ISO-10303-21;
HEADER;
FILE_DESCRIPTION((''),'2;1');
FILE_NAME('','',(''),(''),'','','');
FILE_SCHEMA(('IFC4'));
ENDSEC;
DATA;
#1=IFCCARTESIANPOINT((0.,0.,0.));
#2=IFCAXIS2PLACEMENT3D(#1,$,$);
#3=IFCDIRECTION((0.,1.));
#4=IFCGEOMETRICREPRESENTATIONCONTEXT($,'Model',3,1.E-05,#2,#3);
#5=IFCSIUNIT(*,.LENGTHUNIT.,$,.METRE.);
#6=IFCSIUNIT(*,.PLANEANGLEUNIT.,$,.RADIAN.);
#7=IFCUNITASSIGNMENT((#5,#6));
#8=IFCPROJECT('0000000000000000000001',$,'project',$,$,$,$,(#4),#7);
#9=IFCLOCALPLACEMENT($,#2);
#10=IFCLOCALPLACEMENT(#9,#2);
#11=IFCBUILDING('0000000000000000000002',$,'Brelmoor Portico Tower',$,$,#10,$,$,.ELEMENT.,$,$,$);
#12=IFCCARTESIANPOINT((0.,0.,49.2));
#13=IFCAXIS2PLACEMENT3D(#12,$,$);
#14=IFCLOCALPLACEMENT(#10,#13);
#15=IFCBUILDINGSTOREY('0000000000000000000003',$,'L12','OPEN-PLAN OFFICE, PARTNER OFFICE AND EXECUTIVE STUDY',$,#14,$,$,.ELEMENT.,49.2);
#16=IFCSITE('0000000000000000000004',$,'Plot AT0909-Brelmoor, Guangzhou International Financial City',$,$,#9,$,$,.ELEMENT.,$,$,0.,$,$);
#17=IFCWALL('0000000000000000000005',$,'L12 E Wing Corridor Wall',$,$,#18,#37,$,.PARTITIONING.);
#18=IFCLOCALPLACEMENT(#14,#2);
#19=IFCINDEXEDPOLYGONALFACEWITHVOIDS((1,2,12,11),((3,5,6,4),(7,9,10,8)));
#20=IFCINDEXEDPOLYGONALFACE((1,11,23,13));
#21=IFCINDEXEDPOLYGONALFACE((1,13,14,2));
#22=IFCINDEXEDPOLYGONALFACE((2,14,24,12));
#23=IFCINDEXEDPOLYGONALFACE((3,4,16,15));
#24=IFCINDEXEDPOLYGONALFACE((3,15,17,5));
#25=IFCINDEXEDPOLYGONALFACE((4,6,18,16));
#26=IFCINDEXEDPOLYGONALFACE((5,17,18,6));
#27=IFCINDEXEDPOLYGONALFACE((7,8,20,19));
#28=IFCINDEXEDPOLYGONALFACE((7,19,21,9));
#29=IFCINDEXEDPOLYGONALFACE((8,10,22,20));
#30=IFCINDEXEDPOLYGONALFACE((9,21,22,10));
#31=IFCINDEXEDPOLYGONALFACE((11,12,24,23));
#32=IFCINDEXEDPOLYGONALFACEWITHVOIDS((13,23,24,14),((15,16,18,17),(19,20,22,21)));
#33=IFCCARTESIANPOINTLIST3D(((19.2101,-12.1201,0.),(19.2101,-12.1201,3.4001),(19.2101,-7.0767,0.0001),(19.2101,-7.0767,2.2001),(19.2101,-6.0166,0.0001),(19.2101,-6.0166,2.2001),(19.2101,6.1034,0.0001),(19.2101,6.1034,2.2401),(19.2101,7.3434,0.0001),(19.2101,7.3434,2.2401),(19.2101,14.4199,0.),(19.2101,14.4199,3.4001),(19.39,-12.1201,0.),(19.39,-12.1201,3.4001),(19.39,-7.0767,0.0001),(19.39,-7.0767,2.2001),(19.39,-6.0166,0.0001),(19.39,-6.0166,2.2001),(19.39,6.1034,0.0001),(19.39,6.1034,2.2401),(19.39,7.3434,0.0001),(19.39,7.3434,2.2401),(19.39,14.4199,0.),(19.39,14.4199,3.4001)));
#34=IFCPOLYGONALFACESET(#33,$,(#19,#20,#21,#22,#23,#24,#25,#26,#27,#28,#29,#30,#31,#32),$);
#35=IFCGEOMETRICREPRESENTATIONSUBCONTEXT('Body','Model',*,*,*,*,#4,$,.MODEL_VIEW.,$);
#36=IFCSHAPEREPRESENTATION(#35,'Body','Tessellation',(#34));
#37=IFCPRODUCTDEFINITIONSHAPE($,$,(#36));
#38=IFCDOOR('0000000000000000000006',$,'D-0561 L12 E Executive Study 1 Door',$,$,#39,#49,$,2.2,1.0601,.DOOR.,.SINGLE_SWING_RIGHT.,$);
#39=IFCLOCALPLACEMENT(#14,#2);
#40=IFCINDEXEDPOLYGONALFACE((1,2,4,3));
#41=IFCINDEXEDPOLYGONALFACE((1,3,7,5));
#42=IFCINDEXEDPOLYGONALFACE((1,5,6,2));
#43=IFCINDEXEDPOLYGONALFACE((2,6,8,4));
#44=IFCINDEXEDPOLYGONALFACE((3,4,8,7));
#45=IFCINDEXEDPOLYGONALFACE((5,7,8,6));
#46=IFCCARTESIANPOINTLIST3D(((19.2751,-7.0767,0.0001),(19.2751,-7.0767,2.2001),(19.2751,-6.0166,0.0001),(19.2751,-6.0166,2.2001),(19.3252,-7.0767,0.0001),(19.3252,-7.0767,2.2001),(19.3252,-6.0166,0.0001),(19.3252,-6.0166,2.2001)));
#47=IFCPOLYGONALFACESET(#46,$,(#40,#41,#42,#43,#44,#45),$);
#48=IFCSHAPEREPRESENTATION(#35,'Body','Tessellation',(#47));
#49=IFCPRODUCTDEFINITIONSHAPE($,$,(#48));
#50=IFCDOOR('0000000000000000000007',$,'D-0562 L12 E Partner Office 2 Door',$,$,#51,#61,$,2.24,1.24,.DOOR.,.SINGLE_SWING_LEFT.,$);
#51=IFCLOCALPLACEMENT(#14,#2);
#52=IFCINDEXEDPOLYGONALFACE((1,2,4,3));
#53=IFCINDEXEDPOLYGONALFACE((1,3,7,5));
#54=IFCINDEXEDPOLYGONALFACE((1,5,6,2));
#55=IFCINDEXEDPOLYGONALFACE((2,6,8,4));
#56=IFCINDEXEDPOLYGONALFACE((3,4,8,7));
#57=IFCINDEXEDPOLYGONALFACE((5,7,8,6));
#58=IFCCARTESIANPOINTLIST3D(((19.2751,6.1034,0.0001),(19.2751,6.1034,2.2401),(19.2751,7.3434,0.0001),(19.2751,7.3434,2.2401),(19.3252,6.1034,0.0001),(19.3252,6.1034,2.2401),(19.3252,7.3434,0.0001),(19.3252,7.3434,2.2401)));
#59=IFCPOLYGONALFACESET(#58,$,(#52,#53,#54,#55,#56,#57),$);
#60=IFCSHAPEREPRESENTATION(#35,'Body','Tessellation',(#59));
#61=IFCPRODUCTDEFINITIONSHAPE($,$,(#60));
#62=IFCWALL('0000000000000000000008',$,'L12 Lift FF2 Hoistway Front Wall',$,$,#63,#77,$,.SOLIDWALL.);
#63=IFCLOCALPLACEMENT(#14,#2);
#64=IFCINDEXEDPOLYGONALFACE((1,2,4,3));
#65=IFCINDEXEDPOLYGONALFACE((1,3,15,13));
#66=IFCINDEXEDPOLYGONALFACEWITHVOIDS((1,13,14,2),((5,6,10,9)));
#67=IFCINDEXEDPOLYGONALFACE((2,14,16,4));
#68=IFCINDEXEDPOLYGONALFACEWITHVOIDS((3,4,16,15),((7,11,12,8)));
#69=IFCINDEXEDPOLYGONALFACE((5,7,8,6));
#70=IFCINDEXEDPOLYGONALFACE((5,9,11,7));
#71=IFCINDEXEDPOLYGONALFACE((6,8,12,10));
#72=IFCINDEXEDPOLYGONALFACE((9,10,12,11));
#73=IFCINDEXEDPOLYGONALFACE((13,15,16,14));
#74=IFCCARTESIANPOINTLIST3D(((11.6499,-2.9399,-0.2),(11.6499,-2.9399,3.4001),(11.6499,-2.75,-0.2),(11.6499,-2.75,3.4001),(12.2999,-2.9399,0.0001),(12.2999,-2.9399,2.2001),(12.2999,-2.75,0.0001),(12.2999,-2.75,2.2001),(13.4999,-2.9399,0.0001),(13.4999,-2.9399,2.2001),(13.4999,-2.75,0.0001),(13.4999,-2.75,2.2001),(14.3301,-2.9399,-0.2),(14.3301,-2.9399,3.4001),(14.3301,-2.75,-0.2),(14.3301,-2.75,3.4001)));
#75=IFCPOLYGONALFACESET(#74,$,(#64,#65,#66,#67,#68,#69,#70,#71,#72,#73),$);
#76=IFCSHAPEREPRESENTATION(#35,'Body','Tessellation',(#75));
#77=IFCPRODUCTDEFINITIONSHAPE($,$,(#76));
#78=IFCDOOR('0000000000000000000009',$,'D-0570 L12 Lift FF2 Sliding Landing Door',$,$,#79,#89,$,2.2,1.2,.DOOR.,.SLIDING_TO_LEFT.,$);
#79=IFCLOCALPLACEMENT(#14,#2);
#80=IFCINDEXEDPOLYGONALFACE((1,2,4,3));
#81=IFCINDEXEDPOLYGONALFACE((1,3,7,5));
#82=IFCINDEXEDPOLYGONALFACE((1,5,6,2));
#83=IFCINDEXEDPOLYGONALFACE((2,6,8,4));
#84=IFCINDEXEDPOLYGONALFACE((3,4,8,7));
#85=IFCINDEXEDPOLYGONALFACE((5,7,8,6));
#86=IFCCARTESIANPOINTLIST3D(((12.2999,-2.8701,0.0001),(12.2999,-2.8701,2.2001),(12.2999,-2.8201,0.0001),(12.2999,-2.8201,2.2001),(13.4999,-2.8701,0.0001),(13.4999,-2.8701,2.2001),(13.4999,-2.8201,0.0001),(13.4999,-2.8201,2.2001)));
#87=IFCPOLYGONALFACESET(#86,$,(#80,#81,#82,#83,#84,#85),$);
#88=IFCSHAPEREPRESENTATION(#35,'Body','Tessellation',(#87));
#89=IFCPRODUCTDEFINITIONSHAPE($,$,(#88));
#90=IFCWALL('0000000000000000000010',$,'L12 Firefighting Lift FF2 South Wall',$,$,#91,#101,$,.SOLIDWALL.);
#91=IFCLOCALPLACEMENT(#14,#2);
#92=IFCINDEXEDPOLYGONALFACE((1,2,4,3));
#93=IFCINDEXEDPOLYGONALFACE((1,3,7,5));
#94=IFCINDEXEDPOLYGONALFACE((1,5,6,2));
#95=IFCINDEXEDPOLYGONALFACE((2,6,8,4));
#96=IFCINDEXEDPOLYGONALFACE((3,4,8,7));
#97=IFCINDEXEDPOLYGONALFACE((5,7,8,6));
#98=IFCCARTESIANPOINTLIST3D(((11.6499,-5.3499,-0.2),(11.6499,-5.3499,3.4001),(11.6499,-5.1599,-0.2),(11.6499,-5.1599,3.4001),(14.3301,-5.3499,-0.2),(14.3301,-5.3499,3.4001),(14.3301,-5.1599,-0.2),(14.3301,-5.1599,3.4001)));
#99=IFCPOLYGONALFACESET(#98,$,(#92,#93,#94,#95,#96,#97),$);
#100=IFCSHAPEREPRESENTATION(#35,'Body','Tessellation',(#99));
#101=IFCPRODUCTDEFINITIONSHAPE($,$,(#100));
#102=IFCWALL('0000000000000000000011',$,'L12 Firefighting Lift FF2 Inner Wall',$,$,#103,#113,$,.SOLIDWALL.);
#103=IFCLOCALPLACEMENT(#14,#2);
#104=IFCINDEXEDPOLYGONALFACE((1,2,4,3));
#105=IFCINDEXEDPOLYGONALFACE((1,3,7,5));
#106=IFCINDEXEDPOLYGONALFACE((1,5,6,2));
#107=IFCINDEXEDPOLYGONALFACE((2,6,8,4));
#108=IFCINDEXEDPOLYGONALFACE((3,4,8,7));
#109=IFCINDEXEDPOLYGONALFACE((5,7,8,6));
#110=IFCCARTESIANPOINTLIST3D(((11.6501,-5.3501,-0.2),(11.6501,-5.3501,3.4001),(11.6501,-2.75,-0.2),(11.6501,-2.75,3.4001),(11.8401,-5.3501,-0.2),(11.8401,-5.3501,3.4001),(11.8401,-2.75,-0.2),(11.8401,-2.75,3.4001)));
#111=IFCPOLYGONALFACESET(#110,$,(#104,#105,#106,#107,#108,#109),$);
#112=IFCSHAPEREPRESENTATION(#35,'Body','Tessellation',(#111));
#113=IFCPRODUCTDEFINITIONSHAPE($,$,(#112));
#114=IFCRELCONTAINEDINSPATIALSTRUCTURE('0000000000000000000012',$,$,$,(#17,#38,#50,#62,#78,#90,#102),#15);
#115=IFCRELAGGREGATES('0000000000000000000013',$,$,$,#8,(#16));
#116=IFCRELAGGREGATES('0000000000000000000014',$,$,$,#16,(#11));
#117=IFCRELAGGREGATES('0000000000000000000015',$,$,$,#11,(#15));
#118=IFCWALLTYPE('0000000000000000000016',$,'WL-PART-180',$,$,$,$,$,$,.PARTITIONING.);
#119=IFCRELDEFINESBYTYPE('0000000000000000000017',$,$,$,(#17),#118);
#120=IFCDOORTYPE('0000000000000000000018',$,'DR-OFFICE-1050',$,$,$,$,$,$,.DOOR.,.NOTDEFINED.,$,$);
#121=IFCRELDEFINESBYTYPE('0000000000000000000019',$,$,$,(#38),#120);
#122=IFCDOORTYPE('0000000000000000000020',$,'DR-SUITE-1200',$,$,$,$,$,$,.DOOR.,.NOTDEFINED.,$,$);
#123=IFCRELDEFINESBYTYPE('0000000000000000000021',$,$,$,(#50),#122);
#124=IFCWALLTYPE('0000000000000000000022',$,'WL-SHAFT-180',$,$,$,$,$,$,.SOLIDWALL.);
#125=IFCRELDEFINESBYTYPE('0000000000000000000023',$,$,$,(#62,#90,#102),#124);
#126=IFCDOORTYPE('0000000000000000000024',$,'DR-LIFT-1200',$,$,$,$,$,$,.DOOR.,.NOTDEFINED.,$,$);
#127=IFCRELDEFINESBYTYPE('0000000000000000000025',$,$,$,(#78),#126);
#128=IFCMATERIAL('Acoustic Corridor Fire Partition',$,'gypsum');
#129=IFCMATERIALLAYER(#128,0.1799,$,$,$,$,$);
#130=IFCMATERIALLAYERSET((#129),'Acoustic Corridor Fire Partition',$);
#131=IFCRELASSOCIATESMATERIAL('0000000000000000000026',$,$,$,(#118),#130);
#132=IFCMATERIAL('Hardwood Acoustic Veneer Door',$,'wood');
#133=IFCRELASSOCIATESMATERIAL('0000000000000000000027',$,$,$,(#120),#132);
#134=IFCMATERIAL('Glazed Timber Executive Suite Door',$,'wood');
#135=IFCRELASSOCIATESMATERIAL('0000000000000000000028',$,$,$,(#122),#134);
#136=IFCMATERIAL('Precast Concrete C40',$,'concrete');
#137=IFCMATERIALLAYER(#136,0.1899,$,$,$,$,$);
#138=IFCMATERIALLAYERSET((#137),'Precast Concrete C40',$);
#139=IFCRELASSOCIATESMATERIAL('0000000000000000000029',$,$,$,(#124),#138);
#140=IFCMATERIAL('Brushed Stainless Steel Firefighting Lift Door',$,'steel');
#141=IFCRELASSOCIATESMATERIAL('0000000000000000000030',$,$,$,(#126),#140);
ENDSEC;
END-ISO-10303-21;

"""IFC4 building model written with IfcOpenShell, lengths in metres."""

from ifc_helpers import new_model, si_unit, direction, frame, frame_2d, origin, place, context, subcontext, project, spatial, rectangle, extrude, material, layer, layer_set, type_object, element, fill, save


model = new_model("IFC4")

# Units and contexts
model_context = context("Model", 3, precision=1e-05, world=origin(), true_north=direction((0.0, 1.0)))
body_context = subcontext(model_context, "Body", "Model", "MODEL_VIEW")
ifc_project = project(units=[si_unit("LENGTHUNIT", "METRE"), si_unit("PLANEANGLEUNIT", "RADIAN")], contexts=[model_context])

# Site, building, storey
site_placement = place(None, origin())
site = spatial("IfcSite", under=ifc_project, at=site_placement, Name="Plot AT0909-Brelmoor, Guangzhou International Financial City", CompositionType="ELEMENT", RefElevation=0.0)
building_placement = place(site_placement, origin())
building = spatial("IfcBuilding", under=site, at=building_placement, Name="Brelmoor Portico Tower", CompositionType="ELEMENT")
storey_placement = place(building_placement, frame((0.0, 0.0, 49.2)))
storey = spatial("IfcBuildingStorey", under=building, at=storey_placement, Name="L12", Description="OPEN-PLAN OFFICE, PARTNER OFFICE AND EXECUTIVE STUDY", CompositionType="ELEMENT", Elevation=49.2)

# Wall, openings, doors
ifc_material_1 = material(Name="Acoustic Corridor Fire Partition", Category="gypsum")
ifc_layer_1 = layer(ifc_material_1, 0.1799)
ifc_layer_set_1 = layer_set([ifc_layer_1], Name="Acoustic Corridor Fire Partition")
wall_type_1 = type_object("IfcWallType", Name="WL-PART-180", PredefinedType="PARTITIONING", material=ifc_layer_set_1)
wall_1_placement = place(storey_placement, frame((19.3, -12.1201, 0.0), z_axis=(0.0, 0.0, 1.0), x_axis=(0.0, 1.0, 0.0)))
wall_1 = element("IfcWall", 1, at=wall_1_placement, inside=storey, type_object=wall_type_1, Name="L12 E Wing Corridor Wall", PredefinedType="PARTITIONING", context=body_context, shape_type="SweptSolid", body=[
    extrude(rectangle(XDim=26.54, YDim=0.1799, at=frame_2d((13.27, 0.0))), origin(), (0.0, 0.0, 1.0), 3.4001),
])
opening_1_placement = place(wall_1_placement, frame((5.0435, 0.0, 0.0)))
opening_1 = element("IfcOpeningElement", 2, at=opening_1_placement, cuts=wall_1, PredefinedType="OPENING", context=body_context, shape_type="SweptSolid", body=[
    extrude(rectangle(XDim=1.0601, YDim=2.2, at=frame_2d((0.53, 1.1001))), frame((0.0, 0.0999, 0.0), z_axis=(0.0, -1.0, 0.0), x_axis=(1.0, 0.0, 0.0)), (0.0, 0.0, 1.0), 0.2),
])
opening_2_placement = place(wall_1_placement, frame((18.2234, 0.0, 0.0)))
opening_2 = element("IfcOpeningElement", 3, at=opening_2_placement, cuts=wall_1, PredefinedType="OPENING", context=body_context, shape_type="SweptSolid", body=[
    extrude(rectangle(XDim=1.24, YDim=2.24, at=frame_2d((0.6201, 1.1201))), frame((0.0, 0.0999, 0.0), z_axis=(0.0, -1.0, 0.0), x_axis=(1.0, 0.0, 0.0)), (0.0, 0.0, 1.0), 0.2),
])
ifc_material_2 = material(Name="Hardwood Acoustic Veneer Door", Category="wood")
door_type_1 = type_object("IfcDoorType", Name="DR-OFFICE-1050", OperationType="NOTDEFINED", PredefinedType="DOOR", material=ifc_material_2)
door_1_placement = place(opening_1_placement, origin())
door_1 = element("IfcDoor", 4, at=door_1_placement, inside=storey, type_object=door_type_1, Name="D-0561 L12 E Executive Study 1 Door", OperationType="SINGLE_SWING_RIGHT", OverallHeight=2.2, OverallWidth=1.0601, PredefinedType="DOOR", context=body_context, shape_type="SweptSolid", body=[
    extrude(rectangle(XDim=1.0601, YDim=2.2, at=frame_2d((0.53, 1.1001))), frame((0.0, 0.0249, 0.0), z_axis=(0.0, -1.0, 0.0), x_axis=(1.0, 0.0, 0.0)), (0.0, 0.0, 1.0), 0.05),
])
fill(opening_1, door_1)
ifc_material_3 = material(Name="Glazed Timber Executive Suite Door", Category="wood")
door_type_2 = type_object("IfcDoorType", Name="DR-SUITE-1200", OperationType="NOTDEFINED", PredefinedType="DOOR", material=ifc_material_3)
door_2_placement = place(opening_2_placement, origin())
door_2 = element("IfcDoor", 5, at=door_2_placement, inside=storey, type_object=door_type_2, Name="D-0562 L12 E Partner Office 2 Door", OperationType="SINGLE_SWING_LEFT", OverallHeight=2.24, OverallWidth=1.24, PredefinedType="DOOR", context=body_context, shape_type="SweptSolid", body=[
    extrude(rectangle(XDim=1.24, YDim=2.24, at=frame_2d((0.6201, 1.1201))), frame((0.0, 0.0249, 0.0), z_axis=(0.0, -1.0, 0.0), x_axis=(1.0, 0.0, 0.0)), (0.0, 0.0, 1.0), 0.05),
])
fill(opening_2, door_2)

# Wall, opening, door
ifc_material_4 = material(Name="Precast Concrete C40", Category="concrete")
ifc_layer_2 = layer(ifc_material_4, 0.1899)
ifc_layer_set_2 = layer_set([ifc_layer_2], Name="Precast Concrete C40")
wall_type_2 = type_object("IfcWallType", Name="WL-SHAFT-180", PredefinedType="SOLIDWALL", material=ifc_layer_set_2)
wall_2_placement = place(storey_placement, frame((11.6499, -2.845, -0.2), z_axis=(0.0, 0.0, 1.0), x_axis=(1.0, 0.0, 0.0)))
wall_2 = element("IfcWall", 6, at=wall_2_placement, inside=storey, type_object=wall_type_2, Name="L12 Lift FF2 Hoistway Front Wall", PredefinedType="SOLIDWALL", context=body_context, shape_type="SweptSolid", body=[
    extrude(rectangle(XDim=2.6802, YDim=0.1899, at=frame_2d((1.3401, 0.0))), origin(), (0.0, 0.0, 1.0), 3.6001),
])
opening_3_placement = place(wall_2_placement, frame((0.6499, 0.0, 0.2)))
opening_3 = element("IfcOpeningElement", 7, at=opening_3_placement, cuts=wall_2, PredefinedType="OPENING", context=body_context, shape_type="SweptSolid", body=[
    extrude(rectangle(XDim=1.2, YDim=2.2, at=frame_2d((0.6001, 1.1001))), frame((0.0, 0.105, 0.0), z_axis=(0.0, -1.0, 0.0), x_axis=(1.0, 0.0, 0.0)), (0.0, 0.0, 1.0), 0.21),
])
ifc_material_5 = material(Name="Brushed Stainless Steel Firefighting Lift Door", Category="steel")
door_type_3 = type_object("IfcDoorType", Name="DR-LIFT-1200", OperationType="NOTDEFINED", PredefinedType="DOOR", material=ifc_material_5)
door_3_placement = place(opening_3_placement, origin())
door_3 = element("IfcDoor", 8, at=door_3_placement, inside=storey, type_object=door_type_3, Name="D-0570 L12 Lift FF2 Sliding Landing Door", OperationType="SLIDING_TO_LEFT", OverallHeight=2.2, OverallWidth=1.2, PredefinedType="DOOR", context=body_context, shape_type="SweptSolid", body=[
    extrude(rectangle(XDim=1.2, YDim=2.2, at=frame_2d((0.6001, 1.1001))), frame((0.0, 0.0249, 0.0), z_axis=(0.0, -1.0, 0.0), x_axis=(1.0, 0.0, 0.0)), (0.0, 0.0, 1.0), 0.05),
])
fill(opening_3, door_3)

# Walls
wall_3_placement = place(storey_placement, frame((11.6499, -5.2549, -0.2), z_axis=(0.0, 0.0, 1.0), x_axis=(1.0, 0.0, 0.0)))
element("IfcWall", 9, at=wall_3_placement, inside=storey, type_object=wall_type_2, Name="L12 Firefighting Lift FF2 South Wall", PredefinedType="SOLIDWALL", context=body_context, shape_type="SweptSolid", body=[
    extrude(rectangle(XDim=2.6802, YDim=0.1899, at=frame_2d((1.3401, 0.0))), origin(), (0.0, 0.0, 1.0), 3.6001),
])
wall_4_placement = place(storey_placement, frame((11.7451, -5.3501, -0.2), z_axis=(0.0, 0.0, 1.0), x_axis=(0.0, 1.0, 0.0)))
element("IfcWall", 10, at=wall_4_placement, inside=storey, type_object=wall_type_2, Name="L12 Firefighting Lift FF2 Inner Wall", PredefinedType="SOLIDWALL", context=body_context, shape_type="SweptSolid", body=[
    extrude(rectangle(XDim=2.6001, YDim=0.1899, at=frame_2d((1.3, 0.0))), origin(), (0.0, 0.0, 1.0), 3.6001),
])

save(model, "model.ifc")
